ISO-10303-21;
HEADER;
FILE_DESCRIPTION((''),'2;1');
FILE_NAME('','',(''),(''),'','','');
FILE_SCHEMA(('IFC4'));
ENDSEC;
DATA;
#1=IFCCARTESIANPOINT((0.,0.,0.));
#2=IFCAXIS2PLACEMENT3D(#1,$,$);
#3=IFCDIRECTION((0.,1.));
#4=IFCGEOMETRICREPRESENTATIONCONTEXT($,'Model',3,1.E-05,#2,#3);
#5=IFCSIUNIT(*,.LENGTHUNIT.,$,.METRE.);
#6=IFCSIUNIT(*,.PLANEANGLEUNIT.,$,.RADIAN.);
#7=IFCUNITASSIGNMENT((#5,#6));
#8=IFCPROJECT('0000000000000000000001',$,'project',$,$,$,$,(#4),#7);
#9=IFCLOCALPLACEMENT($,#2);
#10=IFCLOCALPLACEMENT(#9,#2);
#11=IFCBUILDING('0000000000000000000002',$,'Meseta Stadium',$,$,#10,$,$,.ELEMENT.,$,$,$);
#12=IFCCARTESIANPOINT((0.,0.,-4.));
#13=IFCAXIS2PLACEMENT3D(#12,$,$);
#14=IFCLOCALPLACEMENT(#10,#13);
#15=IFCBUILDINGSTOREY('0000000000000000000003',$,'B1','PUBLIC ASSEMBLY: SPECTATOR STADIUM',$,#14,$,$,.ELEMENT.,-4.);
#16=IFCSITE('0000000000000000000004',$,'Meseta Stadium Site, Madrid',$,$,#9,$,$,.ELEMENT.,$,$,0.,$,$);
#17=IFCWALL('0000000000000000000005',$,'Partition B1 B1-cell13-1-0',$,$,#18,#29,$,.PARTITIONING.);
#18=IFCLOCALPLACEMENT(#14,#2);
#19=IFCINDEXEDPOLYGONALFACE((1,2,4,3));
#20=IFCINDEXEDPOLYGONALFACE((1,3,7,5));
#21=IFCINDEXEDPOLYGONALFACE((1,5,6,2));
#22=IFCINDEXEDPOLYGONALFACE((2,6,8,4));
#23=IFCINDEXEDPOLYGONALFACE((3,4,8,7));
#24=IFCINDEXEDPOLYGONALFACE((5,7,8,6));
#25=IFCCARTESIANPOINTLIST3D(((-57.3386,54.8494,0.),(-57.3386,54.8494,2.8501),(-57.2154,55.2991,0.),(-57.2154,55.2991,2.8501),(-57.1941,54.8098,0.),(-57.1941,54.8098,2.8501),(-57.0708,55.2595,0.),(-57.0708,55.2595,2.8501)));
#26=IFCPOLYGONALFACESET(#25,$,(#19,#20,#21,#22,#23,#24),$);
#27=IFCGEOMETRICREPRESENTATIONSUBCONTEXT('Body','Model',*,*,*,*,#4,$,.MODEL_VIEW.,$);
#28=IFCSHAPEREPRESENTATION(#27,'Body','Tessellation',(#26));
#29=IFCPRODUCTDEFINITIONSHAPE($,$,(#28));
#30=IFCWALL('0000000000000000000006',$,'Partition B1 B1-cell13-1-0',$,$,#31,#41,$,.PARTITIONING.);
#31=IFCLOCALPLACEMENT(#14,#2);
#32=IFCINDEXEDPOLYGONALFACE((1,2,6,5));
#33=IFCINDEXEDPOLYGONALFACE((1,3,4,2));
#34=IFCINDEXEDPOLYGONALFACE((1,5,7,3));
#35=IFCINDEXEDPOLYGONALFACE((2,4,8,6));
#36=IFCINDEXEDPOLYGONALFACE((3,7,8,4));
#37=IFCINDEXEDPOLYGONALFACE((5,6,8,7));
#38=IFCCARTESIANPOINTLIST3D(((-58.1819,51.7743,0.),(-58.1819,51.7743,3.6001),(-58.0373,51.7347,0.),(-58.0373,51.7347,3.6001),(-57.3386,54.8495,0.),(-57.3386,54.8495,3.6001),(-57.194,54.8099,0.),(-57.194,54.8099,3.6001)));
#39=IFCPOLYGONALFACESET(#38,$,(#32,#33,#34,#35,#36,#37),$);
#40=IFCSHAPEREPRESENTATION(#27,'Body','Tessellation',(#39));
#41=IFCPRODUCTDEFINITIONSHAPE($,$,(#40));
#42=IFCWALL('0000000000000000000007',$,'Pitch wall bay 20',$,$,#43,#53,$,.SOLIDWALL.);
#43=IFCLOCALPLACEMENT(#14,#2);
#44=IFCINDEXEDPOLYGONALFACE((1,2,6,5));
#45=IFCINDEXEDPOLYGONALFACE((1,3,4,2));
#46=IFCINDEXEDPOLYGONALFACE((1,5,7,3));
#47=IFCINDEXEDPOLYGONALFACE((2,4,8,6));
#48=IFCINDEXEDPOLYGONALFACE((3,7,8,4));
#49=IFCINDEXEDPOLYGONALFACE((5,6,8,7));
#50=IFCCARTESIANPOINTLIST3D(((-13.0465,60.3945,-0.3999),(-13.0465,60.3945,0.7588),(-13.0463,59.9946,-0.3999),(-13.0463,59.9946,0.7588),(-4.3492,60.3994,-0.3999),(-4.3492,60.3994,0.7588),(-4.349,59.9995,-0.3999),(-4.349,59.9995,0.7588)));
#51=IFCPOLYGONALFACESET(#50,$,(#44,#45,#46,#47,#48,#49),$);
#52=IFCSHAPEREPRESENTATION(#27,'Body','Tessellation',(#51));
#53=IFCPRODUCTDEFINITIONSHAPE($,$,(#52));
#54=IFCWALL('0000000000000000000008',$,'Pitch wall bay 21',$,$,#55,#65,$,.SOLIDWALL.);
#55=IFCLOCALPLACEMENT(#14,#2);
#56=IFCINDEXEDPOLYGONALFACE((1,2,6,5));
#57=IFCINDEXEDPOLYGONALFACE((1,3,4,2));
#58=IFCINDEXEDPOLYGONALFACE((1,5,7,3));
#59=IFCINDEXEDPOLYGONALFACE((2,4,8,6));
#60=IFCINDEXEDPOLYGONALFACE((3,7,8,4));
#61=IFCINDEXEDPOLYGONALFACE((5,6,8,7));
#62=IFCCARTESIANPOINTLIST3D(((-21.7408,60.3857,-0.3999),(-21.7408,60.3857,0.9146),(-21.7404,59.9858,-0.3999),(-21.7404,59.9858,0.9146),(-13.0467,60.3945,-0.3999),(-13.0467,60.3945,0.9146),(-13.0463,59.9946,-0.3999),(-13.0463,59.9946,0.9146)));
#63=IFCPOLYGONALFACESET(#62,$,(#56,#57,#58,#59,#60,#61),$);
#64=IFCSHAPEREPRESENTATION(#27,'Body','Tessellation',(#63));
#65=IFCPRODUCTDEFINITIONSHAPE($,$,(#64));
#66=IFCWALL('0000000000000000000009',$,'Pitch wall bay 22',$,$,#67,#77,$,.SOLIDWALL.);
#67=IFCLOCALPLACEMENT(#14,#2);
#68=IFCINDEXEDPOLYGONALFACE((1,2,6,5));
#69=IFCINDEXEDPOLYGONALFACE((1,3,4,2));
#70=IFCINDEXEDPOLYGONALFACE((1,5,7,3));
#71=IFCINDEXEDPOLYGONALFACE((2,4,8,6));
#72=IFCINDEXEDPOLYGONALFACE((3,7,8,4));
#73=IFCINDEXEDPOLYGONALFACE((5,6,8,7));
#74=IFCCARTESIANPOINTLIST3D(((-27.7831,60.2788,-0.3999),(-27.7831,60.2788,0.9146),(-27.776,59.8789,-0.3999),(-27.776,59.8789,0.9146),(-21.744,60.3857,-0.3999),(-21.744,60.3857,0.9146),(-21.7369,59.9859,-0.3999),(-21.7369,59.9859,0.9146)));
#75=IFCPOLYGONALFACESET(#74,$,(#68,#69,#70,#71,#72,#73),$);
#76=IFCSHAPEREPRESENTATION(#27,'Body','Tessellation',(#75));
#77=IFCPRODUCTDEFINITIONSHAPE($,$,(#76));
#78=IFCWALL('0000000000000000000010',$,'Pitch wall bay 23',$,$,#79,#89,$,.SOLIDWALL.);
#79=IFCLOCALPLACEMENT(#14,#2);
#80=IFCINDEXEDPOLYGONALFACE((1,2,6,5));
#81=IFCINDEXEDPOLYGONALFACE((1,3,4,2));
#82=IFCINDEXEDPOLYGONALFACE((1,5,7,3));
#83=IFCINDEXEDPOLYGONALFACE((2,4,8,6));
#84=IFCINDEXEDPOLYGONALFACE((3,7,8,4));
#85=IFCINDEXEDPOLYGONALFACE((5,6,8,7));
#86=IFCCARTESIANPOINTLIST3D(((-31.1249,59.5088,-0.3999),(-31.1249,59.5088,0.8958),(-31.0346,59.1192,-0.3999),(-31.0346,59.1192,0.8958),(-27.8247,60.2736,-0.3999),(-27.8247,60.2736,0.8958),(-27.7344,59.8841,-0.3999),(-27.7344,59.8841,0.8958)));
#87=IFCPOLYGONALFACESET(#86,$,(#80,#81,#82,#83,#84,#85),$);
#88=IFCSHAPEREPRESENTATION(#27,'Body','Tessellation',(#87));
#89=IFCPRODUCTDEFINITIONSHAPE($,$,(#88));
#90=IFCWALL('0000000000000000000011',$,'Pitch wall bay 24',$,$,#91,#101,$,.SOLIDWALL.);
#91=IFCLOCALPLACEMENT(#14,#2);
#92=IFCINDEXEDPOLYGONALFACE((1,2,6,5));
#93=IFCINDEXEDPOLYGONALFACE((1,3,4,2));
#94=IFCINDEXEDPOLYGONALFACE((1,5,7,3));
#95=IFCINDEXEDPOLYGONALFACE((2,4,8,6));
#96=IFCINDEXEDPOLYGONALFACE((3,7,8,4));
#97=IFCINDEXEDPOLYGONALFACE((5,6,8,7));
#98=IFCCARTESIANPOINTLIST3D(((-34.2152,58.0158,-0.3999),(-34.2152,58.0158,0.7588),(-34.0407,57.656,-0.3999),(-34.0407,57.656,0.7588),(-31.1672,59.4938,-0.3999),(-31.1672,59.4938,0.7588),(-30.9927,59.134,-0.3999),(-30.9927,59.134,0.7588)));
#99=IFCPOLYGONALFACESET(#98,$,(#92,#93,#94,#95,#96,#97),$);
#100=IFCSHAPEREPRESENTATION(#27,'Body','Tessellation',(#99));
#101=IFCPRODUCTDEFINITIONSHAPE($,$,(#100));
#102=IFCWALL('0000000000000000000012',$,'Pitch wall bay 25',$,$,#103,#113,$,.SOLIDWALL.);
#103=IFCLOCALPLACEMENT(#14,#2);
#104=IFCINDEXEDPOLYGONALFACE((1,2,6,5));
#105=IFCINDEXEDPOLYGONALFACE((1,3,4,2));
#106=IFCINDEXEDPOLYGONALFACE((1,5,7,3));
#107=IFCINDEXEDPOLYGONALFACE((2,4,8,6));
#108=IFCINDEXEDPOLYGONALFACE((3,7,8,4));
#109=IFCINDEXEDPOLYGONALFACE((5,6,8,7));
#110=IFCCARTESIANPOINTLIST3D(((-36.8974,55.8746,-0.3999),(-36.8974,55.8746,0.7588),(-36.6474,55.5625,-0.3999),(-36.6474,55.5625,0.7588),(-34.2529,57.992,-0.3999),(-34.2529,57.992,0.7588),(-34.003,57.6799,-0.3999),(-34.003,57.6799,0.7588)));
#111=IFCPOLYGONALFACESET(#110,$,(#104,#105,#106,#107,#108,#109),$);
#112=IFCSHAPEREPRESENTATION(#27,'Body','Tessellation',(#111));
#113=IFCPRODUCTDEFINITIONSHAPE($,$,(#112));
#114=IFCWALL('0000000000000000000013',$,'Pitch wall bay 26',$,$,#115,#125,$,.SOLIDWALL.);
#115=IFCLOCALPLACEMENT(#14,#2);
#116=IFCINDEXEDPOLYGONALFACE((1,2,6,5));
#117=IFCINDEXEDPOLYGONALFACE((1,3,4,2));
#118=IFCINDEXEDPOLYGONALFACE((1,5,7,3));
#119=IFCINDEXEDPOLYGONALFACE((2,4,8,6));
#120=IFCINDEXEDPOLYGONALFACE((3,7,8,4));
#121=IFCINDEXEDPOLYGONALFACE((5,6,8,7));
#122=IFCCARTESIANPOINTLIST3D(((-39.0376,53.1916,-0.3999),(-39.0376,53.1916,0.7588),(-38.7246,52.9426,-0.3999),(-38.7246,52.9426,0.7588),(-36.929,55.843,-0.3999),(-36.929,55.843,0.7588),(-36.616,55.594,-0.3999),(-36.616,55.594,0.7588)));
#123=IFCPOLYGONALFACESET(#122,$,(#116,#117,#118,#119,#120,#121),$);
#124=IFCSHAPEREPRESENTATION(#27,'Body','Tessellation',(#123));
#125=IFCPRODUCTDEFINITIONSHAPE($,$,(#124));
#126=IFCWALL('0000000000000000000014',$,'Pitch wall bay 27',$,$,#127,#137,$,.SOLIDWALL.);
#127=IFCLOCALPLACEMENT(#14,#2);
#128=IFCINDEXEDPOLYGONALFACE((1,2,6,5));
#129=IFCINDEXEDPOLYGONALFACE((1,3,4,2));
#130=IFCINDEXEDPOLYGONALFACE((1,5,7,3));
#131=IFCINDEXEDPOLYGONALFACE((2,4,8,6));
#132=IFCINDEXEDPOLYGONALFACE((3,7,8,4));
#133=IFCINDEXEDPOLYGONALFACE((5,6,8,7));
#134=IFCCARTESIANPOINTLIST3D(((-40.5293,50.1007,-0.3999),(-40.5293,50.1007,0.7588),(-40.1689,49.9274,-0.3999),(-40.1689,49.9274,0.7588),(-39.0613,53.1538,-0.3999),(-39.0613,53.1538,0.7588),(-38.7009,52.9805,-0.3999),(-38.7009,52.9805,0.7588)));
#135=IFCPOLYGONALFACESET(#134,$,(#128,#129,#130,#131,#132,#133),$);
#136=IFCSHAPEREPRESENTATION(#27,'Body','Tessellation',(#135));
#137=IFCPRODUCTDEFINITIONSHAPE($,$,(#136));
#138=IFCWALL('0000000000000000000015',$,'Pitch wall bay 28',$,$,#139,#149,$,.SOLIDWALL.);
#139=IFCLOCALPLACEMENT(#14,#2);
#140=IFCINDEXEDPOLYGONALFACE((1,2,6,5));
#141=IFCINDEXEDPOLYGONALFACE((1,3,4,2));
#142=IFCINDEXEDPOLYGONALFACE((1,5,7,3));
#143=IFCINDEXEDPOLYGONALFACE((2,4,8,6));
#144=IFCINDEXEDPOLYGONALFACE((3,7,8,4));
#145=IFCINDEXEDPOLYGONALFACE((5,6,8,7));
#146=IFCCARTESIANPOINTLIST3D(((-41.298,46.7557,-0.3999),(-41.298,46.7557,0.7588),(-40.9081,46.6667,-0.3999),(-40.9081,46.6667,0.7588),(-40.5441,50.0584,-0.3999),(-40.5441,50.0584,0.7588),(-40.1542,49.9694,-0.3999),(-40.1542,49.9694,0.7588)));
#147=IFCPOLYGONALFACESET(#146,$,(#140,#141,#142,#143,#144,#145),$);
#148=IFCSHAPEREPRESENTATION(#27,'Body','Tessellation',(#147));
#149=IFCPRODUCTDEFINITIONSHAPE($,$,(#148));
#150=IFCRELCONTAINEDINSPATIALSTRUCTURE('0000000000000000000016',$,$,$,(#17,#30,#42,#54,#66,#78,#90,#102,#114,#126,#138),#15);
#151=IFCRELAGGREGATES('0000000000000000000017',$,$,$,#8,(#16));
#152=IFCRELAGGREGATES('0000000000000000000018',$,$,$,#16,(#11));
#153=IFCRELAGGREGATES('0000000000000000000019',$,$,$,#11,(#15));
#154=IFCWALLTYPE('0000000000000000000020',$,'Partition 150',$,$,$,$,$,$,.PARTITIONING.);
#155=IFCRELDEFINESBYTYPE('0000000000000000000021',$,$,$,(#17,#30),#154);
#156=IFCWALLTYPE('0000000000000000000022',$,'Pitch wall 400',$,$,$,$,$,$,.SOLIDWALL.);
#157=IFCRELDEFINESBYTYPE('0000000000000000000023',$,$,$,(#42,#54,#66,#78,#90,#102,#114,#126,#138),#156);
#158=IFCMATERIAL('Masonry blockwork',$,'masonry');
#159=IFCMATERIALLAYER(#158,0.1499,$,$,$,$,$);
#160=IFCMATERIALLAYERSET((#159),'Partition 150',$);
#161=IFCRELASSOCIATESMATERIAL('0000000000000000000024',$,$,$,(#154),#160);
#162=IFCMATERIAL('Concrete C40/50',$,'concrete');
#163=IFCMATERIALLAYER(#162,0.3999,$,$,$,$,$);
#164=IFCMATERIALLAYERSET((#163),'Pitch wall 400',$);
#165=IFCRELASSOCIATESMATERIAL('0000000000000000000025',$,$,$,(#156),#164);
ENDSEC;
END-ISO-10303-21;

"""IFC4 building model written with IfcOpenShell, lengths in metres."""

from ifc_helpers import new_model, si_unit, direction, frame, frame_2d, origin, place, context, subcontext, project, spatial, rectangle, extrude, material, layer, layer_set, type_object, element, save


model = new_model("IFC4")

# Units and contexts
model_context = context("Model", 3, precision=1e-05, world=origin(), true_north=direction((0.0, 1.0)))
body_context = subcontext(model_context, "Body", "Model", "MODEL_VIEW")
ifc_project = project(units=[si_unit("LENGTHUNIT", "METRE"), si_unit("PLANEANGLEUNIT", "RADIAN")], contexts=[model_context])

# Site, building, storey
site_placement = place(None, origin())
site = spatial("IfcSite", under=ifc_project, at=site_placement, Name="Meseta Stadium Site, Madrid", CompositionType="ELEMENT", RefElevation=0.0)
building_placement = place(site_placement, origin())
building = spatial("IfcBuilding", under=site, at=building_placement, Name="Meseta Stadium", CompositionType="ELEMENT")
storey_placement = place(building_placement, frame((0.0, 0.0, -4.0)))
storey = spatial("IfcBuildingStorey", under=building, at=storey_placement, Name="B1", Description="PUBLIC ASSEMBLY: SPECTATOR STADIUM", CompositionType="ELEMENT", Elevation=-4.0)

# Walls
ifc_material_1 = material(Name="Masonry blockwork", Category="masonry")
ifc_layer_1 = layer(ifc_material_1, 0.1499)
ifc_layer_set_1 = layer_set([ifc_layer_1], Name="Partition 150")
wall_type_1 = type_object("IfcWallType", Name="Partition 150", PredefinedType="PARTITIONING", material=ifc_layer_set_1)
wall_1_placement = place(storey_placement, frame((-57.1431, 55.2793, 0.0), z_axis=(0.0, 0.0, 1.0), x_axis=(-0.264402, -0.964413, 0.0)))
element("IfcWall", 1, at=wall_1_placement, inside=storey, type_object=wall_type_1, Name="Partition B1 B1-cell13-1-0", PredefinedType="PARTITIONING", context=body_context, shape_type="SweptSolid", body=[
    extrude(rectangle(XDim=0.4663, YDim=0.1499, at=frame_2d((0.2332, 0.0))), origin(), (0.0, 0.0, 1.0), 2.8501),
])
wall_2_placement = place(storey_placement, frame((-57.2664, 54.8296, 0.0), z_axis=(0.0, 0.0, 1.0), x_axis=(-0.264452, -0.964399, 0.0)))
element("IfcWall", 2, at=wall_2_placement, inside=storey, type_object=wall_type_1, Name="Partition B1 B1-cell13-1-0", PredefinedType="PARTITIONING", context=body_context, shape_type="SweptSolid", body=[
    extrude(rectangle(XDim=3.1887, YDim=0.1499, at=frame_2d((1.5942, 0.0))), origin(), (0.0, 0.0, 1.0), 3.6001),
])
ifc_material_2 = material(Name="Concrete C40/50", Category="concrete")
ifc_layer_2 = layer(ifc_material_2, 0.3999)
ifc_layer_set_2 = layer_set([ifc_layer_2], Name="Pitch wall 400")
wall_type_2 = type_object("IfcWallType", Name="Pitch wall 400", PredefinedType="SOLIDWALL", material=ifc_layer_set_2)
wall_3_placement = place(storey_placement, frame((-4.3491, 60.1995, -0.3999), z_axis=(0.0, 0.0, 1.0), x_axis=(-1.0, -0.000561, 0.0)))
element("IfcWall", 3, at=wall_3_placement, inside=storey, type_object=wall_type_2, Name="Pitch wall bay 20", PredefinedType="SOLIDWALL", context=body_context, shape_type="SweptSolid", body=[
    extrude(rectangle(XDim=8.6973, YDim=0.3999, at=frame_2d((4.3486, 0.0))), origin(), (0.0, 0.0, 1.0), 1.1587),
])
wall_4_placement = place(storey_placement, frame((-13.0464, 60.1946, -0.3999), z_axis=(0.0, 0.0, 1.0), x_axis=(-0.999999, -0.001011, 0.0)))
element("IfcWall", 4, at=wall_4_placement, inside=storey, type_object=wall_type_2, Name="Pitch wall bay 21", PredefinedType="SOLIDWALL", context=body_context, shape_type="SweptSolid", body=[
    extrude(rectangle(XDim=8.6941, YDim=0.3999, at=frame_2d((4.3472, 0.0))), origin(), (0.0, 0.0, 1.0), 1.3145),
])
wall_5_placement = place(storey_placement, frame((-21.7405, 60.1858, -0.3999), z_axis=(0.0, 0.0, 1.0), x_axis=(-0.999843, -0.017704, 0.0)))
element("IfcWall", 5, at=wall_5_placement, inside=storey, type_object=wall_type_2, Name="Pitch wall bay 22", PredefinedType="SOLIDWALL", context=body_context, shape_type="SweptSolid", body=[
    extrude(rectangle(XDim=6.04, YDim=0.3999, at=frame_2d((3.02, 0.0))), origin(), (0.0, 0.0, 1.0), 1.3145),
])
wall_6_placement = place(storey_placement, frame((-27.7795, 60.0789, -0.3999), z_axis=(0.0, 0.0, 1.0), x_axis=(-0.974178, -0.22578, 0.0)))
element("IfcWall", 6, at=wall_6_placement, inside=storey, type_object=wall_type_2, Name="Pitch wall bay 23", PredefinedType="SOLIDWALL", context=body_context, shape_type="SweptSolid", body=[
    extrude(rectangle(XDim=3.3877, YDim=0.3999, at=frame_2d((1.6938, 0.0))), origin(), (0.0, 0.0, 1.0), 1.2957),
])
wall_7_placement = place(storey_placement, frame((-31.0798, 59.314, -0.3999), z_axis=(0.0, 0.0, 1.0), x_axis=(-0.899795, -0.436312, 0.0)))
element("IfcWall", 7, at=wall_7_placement, inside=storey, type_object=wall_type_2, Name="Pitch wall bay 24", PredefinedType="SOLIDWALL", context=body_context, shape_type="SweptSolid", body=[
    extrude(rectangle(XDim=3.3875, YDim=0.3999, at=frame_2d((1.6938, 0.0))), origin(), (0.0, 0.0, 1.0), 1.1587),
])
for number, where, z_axis, x_axis, name in (
    (8, (-34.1279, 57.8359, -0.3999), (0.0, 0.0, 1.0), (-0.780609, -0.62502, 0.0), "Pitch wall bay 25"),
    (9, (-36.7725, 55.7185, -0.3999), (0.0, 0.0, 1.0), (-0.622451, -0.782659, 0.0), "Pitch wall bay 26"),
    (10, (-38.8811, 53.0671, -0.3999), (0.0, 0.0, 1.0), (-0.433324, -0.901238, 0.0), "Pitch wall bay 27"),
    (11, (-40.3491, 50.0139, -0.3999), (0.0, 0.0, 1.0), (-0.222543, -0.974923, 0.0), "Pitch wall bay 28"),
):
    element("IfcWall", number, at=place(storey_placement, frame(where, z_axis=z_axis, x_axis=x_axis)), inside=storey, type_object=wall_type_2, Name=name, PredefinedType="SOLIDWALL", context=body_context, shape_type="SweptSolid", body=[
        extrude(rectangle(XDim=3.3877, YDim=0.3999, at=frame_2d((1.6938, 0.0))), origin(), (0.0, 0.0, 1.0), 1.1587),
    ])

save(model, "model.ifc")
